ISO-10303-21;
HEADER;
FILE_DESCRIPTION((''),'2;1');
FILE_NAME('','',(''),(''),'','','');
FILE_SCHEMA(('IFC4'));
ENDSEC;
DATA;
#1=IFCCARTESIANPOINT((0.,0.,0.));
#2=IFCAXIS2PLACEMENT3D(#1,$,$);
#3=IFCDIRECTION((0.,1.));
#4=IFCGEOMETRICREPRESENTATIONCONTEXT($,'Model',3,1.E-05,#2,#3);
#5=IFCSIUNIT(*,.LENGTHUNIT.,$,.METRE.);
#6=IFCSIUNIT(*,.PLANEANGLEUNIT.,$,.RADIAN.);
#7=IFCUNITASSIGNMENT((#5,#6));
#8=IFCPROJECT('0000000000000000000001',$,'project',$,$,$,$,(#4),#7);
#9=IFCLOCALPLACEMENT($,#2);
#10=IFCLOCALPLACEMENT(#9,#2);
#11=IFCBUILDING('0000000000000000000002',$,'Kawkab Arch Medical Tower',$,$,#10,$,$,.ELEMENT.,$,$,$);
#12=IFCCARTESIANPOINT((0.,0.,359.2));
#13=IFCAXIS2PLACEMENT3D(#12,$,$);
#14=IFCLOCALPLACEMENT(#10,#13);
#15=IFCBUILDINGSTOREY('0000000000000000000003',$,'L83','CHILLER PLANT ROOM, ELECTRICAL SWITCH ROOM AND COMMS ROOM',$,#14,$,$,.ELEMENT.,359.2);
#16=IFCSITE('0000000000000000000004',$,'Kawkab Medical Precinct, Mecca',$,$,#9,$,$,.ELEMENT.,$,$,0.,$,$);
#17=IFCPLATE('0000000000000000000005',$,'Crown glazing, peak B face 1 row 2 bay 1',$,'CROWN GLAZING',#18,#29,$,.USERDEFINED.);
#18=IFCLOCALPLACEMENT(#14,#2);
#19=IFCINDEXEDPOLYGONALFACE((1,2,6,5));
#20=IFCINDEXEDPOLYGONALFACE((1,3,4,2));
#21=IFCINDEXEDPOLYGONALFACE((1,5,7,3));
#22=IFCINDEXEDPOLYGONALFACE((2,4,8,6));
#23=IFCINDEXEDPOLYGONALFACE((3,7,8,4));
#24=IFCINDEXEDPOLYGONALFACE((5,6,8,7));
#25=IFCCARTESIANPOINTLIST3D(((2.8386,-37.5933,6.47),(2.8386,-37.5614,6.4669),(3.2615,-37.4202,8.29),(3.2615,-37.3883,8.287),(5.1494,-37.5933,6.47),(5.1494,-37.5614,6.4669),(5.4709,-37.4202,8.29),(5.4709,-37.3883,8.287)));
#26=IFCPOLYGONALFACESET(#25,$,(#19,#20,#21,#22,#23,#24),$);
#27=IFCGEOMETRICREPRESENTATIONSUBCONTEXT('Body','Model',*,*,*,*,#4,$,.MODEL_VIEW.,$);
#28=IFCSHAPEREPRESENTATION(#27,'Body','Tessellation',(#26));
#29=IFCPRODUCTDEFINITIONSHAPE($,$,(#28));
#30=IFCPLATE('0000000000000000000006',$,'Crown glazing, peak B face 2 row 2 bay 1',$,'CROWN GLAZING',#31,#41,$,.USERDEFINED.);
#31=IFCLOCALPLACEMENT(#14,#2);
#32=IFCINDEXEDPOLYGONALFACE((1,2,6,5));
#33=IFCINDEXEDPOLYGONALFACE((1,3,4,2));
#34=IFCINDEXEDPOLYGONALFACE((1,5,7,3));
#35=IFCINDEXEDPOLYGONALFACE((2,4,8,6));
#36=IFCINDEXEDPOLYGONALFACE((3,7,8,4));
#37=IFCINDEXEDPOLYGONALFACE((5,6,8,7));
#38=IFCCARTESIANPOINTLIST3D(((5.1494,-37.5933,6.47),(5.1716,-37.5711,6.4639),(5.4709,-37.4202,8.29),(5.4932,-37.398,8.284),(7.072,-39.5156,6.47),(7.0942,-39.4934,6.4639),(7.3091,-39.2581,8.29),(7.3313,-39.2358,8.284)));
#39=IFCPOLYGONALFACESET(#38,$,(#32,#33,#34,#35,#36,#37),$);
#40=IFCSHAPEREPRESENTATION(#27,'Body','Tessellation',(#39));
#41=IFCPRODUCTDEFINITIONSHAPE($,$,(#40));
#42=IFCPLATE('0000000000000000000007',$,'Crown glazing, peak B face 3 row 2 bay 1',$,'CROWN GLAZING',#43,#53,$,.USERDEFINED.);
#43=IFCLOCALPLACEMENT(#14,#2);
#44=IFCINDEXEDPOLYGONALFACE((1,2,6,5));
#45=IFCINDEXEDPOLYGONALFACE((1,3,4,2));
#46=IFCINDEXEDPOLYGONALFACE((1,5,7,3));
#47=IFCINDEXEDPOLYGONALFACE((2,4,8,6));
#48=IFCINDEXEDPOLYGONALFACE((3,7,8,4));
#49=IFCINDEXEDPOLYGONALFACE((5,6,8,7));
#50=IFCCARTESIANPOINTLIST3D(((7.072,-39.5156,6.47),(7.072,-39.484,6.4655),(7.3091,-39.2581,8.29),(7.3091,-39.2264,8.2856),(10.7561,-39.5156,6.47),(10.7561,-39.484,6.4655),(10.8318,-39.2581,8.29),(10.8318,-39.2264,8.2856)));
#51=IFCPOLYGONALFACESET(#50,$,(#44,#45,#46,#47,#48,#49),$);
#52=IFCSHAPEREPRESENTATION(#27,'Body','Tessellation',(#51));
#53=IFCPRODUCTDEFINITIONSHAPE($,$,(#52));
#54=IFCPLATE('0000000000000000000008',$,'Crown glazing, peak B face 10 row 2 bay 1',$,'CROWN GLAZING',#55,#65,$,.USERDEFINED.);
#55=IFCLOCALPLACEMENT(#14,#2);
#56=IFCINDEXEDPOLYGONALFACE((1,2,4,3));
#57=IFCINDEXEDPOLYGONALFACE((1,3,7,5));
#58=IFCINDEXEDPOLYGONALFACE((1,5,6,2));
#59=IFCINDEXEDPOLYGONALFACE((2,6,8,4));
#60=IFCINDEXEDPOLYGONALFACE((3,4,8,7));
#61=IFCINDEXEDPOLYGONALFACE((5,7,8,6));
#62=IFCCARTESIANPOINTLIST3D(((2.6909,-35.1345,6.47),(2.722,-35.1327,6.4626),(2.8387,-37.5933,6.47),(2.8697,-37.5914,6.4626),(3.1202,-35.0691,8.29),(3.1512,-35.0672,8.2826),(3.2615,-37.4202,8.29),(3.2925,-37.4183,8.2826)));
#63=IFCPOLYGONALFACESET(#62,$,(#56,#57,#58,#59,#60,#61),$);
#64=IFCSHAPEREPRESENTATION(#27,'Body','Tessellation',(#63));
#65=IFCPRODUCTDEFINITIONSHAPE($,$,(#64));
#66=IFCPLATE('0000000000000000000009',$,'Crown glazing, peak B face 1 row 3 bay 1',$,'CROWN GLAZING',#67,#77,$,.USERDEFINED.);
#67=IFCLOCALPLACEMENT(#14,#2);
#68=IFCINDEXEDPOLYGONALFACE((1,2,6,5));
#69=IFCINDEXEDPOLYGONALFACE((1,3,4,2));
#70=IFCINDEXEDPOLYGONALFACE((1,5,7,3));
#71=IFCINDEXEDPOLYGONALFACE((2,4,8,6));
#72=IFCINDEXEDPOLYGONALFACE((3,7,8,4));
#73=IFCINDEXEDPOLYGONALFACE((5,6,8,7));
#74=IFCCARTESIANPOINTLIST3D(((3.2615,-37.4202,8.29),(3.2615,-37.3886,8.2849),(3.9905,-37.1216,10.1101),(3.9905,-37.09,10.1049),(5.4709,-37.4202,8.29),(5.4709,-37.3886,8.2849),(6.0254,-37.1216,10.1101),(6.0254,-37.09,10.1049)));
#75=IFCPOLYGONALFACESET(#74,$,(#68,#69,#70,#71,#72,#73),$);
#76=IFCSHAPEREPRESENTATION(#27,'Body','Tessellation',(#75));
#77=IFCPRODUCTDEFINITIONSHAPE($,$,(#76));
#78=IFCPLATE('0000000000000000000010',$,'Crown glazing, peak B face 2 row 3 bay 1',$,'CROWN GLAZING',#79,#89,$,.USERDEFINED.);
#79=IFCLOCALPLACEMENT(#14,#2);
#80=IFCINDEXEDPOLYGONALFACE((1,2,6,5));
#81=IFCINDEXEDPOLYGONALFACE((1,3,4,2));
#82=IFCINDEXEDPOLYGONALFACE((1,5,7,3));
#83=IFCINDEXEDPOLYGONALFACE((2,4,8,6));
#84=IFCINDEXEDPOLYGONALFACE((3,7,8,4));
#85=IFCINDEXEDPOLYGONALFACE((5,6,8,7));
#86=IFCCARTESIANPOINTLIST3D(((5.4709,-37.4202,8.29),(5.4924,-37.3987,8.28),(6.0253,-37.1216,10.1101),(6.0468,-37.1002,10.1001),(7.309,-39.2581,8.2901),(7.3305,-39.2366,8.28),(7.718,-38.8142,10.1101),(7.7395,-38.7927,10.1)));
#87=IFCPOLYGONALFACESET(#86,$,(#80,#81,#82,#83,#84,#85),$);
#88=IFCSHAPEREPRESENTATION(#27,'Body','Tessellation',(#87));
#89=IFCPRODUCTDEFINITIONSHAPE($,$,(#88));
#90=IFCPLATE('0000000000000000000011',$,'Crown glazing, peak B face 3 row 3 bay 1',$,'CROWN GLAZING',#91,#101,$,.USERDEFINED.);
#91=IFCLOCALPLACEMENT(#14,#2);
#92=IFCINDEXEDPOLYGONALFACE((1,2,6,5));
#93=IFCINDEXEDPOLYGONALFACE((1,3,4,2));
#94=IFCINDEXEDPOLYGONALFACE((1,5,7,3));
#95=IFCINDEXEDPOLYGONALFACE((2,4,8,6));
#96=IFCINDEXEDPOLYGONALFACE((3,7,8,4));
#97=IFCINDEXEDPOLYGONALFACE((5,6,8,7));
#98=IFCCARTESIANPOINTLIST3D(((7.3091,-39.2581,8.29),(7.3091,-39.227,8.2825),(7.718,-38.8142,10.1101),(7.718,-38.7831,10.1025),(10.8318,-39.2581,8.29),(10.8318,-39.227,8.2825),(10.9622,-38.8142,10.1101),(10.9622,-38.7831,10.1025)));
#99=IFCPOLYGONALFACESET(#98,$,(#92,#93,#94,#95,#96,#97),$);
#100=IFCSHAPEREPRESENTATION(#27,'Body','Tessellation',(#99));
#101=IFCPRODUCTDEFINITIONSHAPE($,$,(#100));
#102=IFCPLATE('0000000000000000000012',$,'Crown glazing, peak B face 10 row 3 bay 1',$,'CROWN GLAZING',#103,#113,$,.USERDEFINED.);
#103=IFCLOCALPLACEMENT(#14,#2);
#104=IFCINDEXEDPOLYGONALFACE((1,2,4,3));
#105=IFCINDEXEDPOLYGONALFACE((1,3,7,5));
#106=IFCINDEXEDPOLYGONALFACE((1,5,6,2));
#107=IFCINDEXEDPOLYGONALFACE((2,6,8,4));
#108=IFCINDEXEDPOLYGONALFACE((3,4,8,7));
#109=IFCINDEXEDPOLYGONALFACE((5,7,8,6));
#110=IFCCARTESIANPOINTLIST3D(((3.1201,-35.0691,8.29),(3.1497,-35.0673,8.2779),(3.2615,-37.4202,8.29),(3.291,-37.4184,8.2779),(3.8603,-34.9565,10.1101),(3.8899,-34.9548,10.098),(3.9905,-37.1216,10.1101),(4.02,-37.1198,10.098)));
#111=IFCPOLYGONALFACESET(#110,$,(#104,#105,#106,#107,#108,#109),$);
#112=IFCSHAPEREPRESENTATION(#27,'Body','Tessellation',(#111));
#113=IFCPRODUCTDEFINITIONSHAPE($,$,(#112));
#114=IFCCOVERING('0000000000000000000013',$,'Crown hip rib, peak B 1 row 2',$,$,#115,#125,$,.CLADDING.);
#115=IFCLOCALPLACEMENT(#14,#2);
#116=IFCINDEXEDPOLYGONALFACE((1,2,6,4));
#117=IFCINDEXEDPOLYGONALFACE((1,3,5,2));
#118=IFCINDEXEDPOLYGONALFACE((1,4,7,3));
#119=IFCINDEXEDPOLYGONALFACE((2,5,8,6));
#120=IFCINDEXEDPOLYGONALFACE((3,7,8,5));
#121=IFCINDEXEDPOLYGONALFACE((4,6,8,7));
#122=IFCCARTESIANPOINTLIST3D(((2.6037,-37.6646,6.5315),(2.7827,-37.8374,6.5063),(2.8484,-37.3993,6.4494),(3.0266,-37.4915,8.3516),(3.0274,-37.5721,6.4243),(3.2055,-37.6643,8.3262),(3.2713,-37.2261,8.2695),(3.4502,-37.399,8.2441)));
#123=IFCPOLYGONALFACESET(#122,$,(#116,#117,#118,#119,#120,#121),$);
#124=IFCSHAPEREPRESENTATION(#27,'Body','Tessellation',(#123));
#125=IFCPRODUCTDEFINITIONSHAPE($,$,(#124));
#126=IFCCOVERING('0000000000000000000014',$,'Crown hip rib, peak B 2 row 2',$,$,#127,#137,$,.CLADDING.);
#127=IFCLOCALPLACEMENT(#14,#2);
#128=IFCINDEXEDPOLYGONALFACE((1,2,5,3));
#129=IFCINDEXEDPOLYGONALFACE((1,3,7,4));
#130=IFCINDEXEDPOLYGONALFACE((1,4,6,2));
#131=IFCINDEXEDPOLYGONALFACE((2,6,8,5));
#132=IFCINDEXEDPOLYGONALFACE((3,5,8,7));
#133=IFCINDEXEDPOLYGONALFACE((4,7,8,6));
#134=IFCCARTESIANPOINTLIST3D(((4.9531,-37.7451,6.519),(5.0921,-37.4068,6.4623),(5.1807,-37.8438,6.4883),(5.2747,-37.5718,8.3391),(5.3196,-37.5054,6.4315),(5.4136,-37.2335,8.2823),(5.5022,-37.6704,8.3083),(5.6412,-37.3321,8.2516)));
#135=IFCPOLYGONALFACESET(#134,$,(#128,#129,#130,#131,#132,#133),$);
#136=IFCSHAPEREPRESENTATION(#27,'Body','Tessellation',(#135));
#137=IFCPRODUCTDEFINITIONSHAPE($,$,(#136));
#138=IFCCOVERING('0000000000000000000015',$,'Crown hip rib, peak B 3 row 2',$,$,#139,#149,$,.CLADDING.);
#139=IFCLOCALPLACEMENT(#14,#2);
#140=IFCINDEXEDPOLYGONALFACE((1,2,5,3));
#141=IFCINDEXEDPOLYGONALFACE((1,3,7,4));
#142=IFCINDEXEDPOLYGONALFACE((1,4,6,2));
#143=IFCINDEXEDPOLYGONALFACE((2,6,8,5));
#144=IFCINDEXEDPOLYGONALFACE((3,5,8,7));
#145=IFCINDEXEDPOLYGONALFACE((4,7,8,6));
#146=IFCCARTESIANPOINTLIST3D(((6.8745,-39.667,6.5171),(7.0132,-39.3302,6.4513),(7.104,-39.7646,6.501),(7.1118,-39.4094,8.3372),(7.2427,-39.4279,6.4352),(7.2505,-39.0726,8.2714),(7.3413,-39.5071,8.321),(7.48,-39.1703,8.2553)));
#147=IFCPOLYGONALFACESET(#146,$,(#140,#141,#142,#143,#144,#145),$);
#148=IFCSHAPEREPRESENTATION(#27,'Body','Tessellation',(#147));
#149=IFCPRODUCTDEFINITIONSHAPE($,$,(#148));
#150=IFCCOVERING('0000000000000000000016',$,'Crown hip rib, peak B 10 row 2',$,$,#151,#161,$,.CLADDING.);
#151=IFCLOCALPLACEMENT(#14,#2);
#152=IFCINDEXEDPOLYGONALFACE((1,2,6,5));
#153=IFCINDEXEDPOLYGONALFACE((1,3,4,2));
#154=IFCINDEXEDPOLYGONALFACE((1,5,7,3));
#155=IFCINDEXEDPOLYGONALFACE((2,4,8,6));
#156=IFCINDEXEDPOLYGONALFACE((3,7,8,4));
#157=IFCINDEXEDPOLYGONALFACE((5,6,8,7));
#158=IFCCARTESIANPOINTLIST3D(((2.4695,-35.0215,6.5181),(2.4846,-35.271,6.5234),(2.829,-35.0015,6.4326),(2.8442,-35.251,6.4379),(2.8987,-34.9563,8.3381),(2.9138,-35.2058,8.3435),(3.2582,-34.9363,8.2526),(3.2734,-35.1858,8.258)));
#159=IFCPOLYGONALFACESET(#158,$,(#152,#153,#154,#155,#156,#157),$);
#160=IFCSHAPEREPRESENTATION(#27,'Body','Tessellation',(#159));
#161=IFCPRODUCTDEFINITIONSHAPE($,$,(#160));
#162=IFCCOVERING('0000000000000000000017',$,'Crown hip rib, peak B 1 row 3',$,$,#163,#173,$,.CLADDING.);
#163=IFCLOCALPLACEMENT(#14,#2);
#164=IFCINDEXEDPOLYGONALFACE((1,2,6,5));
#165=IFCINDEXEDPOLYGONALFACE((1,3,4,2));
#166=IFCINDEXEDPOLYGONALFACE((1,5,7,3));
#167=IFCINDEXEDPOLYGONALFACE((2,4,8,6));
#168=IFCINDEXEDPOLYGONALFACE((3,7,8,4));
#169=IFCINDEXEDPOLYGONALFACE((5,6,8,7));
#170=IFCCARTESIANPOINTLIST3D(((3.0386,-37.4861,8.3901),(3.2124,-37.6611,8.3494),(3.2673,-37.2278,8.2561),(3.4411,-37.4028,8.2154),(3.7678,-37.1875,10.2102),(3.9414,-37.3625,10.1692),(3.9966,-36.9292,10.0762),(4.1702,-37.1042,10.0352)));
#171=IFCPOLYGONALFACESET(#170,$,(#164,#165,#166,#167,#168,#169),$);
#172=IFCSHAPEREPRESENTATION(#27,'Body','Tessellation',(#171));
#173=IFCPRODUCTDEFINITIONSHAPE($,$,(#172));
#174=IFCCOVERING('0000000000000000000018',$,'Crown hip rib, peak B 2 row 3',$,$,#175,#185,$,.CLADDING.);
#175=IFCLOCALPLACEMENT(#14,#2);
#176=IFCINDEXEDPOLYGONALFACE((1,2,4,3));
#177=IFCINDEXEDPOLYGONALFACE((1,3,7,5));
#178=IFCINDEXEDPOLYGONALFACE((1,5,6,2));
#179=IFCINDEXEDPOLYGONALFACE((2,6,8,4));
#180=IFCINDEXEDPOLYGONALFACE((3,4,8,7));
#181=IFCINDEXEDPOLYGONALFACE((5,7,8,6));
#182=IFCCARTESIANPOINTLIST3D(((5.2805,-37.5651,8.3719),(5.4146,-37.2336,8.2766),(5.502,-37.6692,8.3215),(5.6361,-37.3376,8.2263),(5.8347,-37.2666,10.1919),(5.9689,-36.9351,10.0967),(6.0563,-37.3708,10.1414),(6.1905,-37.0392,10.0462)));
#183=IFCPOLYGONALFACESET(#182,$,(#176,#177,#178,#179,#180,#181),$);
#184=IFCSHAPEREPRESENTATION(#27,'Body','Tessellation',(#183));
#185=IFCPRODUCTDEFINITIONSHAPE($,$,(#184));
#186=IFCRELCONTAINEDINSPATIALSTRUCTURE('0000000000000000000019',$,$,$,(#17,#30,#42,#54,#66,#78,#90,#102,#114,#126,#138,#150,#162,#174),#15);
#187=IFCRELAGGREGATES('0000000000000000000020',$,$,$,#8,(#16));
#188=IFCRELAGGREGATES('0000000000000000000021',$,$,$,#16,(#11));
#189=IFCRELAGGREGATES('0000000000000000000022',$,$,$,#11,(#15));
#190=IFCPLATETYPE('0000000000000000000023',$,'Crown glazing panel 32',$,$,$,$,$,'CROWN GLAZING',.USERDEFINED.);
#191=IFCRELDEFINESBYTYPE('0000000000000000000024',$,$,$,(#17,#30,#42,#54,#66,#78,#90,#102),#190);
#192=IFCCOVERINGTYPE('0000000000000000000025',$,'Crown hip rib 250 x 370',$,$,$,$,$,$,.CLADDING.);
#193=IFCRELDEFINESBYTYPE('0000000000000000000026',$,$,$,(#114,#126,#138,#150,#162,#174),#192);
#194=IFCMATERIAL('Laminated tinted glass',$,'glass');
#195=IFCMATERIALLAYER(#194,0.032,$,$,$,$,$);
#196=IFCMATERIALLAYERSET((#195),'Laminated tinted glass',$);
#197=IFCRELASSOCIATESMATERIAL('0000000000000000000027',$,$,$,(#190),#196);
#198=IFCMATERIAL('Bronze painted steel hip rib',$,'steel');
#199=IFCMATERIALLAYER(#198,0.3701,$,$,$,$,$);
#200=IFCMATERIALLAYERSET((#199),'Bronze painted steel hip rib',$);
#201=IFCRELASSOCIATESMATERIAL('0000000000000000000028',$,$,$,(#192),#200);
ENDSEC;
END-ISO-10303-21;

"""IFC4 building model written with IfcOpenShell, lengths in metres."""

from ifc_helpers import new_model, si_unit, direction, frame, origin, place, context, subcontext, project, spatial, polyline, outline, extrude, material, layer, layer_set, type_object, element, save


model = new_model("IFC4")

# Units and contexts
model_context = context("Model", 3, precision=1e-05, world=origin(), true_north=direction((0.0, 1.0)))
body_context = subcontext(model_context, "Body", "Model", "MODEL_VIEW")
ifc_project = project(units=[si_unit("LENGTHUNIT", "METRE"), si_unit("PLANEANGLEUNIT", "RADIAN")], contexts=[model_context])

# Site, building, storey
site_placement = place(None, origin())
site = spatial("IfcSite", under=ifc_project, at=site_placement, Name="Kawkab Medical Precinct, Mecca", CompositionType="ELEMENT", RefElevation=0.0)
building_placement = place(site_placement, origin())
building = spatial("IfcBuilding", under=site, at=building_placement, Name="Kawkab Arch Medical Tower", CompositionType="ELEMENT")
storey_placement = place(building_placement, frame((0.0, 0.0, 359.2)))
storey = spatial("IfcBuildingStorey", under=building, at=storey_placement, Name="L83", Description="CHILLER PLANT ROOM, ELECTRICAL SWITCH ROOM AND COMMS ROOM", CompositionType="ELEMENT", Elevation=359.2)

# Plates
ifc_material_1 = material(Name="Laminated tinted glass", Category="glass")
ifc_layer_1 = layer(ifc_material_1, 0.032)
ifc_layer_set_1 = layer_set([ifc_layer_1], Name="Laminated tinted glass")
plate_type = type_object("IfcPlateType", Name="Crown glazing panel 32", ElementType="CROWN GLAZING", PredefinedType="USERDEFINED", material=ifc_layer_set_1)
plate_1_placement = place(storey_placement, frame((2.8386, -37.5933, 6.47), z_axis=(0.0, -0.995508, 0.094677), x_axis=(1.0, 0.0, 0.0)))
element("IfcPlate", 1, at=plate_1_placement, inside=storey, type_object=plate_type, Name="Crown glazing, peak B face 1 row 2 bay 1", ObjectType="CROWN GLAZING", PredefinedType="USERDEFINED", context=body_context, shape_type="SweptSolid", body=[
    extrude(outline(polyline([(0.0, 0.0), (2.3108, 0.0), (2.6323, 1.8283), (0.4229, 1.8283), (0.0, 0.0)])), origin(), (0.0, 0.0, -1.0), 0.032),
])
plate_2_placement = place(storey_placement, frame((5.1494, -37.5933, 6.47), z_axis=(-0.694357, -0.694447, 0.188712), x_axis=(0.707153, -0.707061, 0.0)))
element("IfcPlate", 2, at=plate_2_placement, inside=storey, type_object=plate_type, Name="Crown glazing, peak B face 2 row 2 bay 1", ObjectType="CROWN GLAZING", PredefinedType="USERDEFINED", context=body_context, shape_type="SweptSolid", body=[
    extrude(outline(polyline([(0.0, 0.0), (2.7188, 0.0), (2.7043, 1.8534), (0.105, 1.8534), (0.0, 0.0)])), origin(), (0.0, 0.0, -1.0), 0.032),
])
plate_3_placement = place(storey_placement, frame((7.072, -39.5156, 6.47), z_axis=(0.0, -0.990135, 0.14012), x_axis=(1.0, 0.0, 0.0)))
element("IfcPlate", 3, at=plate_3_placement, inside=storey, type_object=plate_type, Name="Crown glazing, peak B face 3 row 2 bay 1", ObjectType="CROWN GLAZING", PredefinedType="USERDEFINED", context=body_context, shape_type="SweptSolid", body=[
    extrude(outline(polyline([(0.0, 0.0), (3.6841, 0.0), (3.7598, 1.8382), (0.2371, 1.8382), (0.0, 0.0)])), origin(), (0.0, 0.0, -1.0), 0.032),
])
plate_4_placement = place(storey_placement, frame((2.6909, -35.1345, 6.47), z_axis=(-0.971167, -0.058366, 0.231147), x_axis=(0.059989, -0.998199, -0.000006)))
element("IfcPlate", 4, at=plate_4_placement, inside=storey, type_object=plate_type, Name="Crown glazing, peak B face 10 row 2 bay 1", ObjectType="CROWN GLAZING", PredefinedType="USERDEFINED", context=body_context, shape_type="SweptSolid", body=[
    extrude(outline(polyline([(0.0, 0.0), (2.4632, 0.0), (2.3157, 1.8707), (-0.0396, 1.8707), (0.0, 0.0)])), origin(), (0.0, 0.0, -1.0), 0.032),
])
plate_5_placement = place(storey_placement, frame((3.2615, -37.4202, 8.29), z_axis=(0.0, -0.986809, 0.161887), x_axis=(1.0, 0.0, 0.0)))
element("IfcPlate", 5, at=plate_5_placement, inside=storey, type_object=plate_type, Name="Crown glazing, peak B face 1 row 3 bay 1", ObjectType="CROWN GLAZING", PredefinedType="USERDEFINED", context=body_context, shape_type="SweptSolid", body=[
    extrude(outline(polyline([(0.0, 0.0), (2.2095, 0.0), (2.7639, 1.8444), (0.729, 1.8444), (0.0, 0.0)])), origin(), (0.0, 0.0, -1.0), 0.032),
])
plate_6_placement = place(storey_placement, frame((5.4709, -37.4202, 8.29), z_axis=(-0.671194, -0.671241, 0.314539), x_axis=(0.707133, -0.70708, 0.00001)))
element("IfcPlate", 6, at=plate_6_placement, inside=storey, type_object=plate_type, Name="Crown glazing, peak B face 2 row 3 bay 1", ObjectType="CROWN GLAZING", PredefinedType="USERDEFINED", context=body_context, shape_type="SweptSolid", body=[
    extrude(outline(polyline([(0.0, 0.0), (2.5993, 0.0), (2.5747, 1.9174), (0.181, 1.9174), (0.0, 0.0)])), origin(), (0.0, 0.0, -1.0), 0.032),
])
plate_7_placement = place(storey_placement, frame((7.3091, -39.2581, 8.29), z_axis=(0.0, -0.971529, 0.23692), x_axis=(1.0, 0.0, 0.0)))
element("IfcPlate", 7, at=plate_7_placement, inside=storey, type_object=plate_type, Name="Crown glazing, peak B face 3 row 3 bay 1", ObjectType="CROWN GLAZING", PredefinedType="USERDEFINED", context=body_context, shape_type="SweptSolid", body=[
    extrude(outline(polyline([(0.0, 0.0), (3.5227, 0.0), (3.6531, 1.8734), (0.4089, 1.8734), (0.0, 0.0)])), origin(), (0.0, 0.0, -1.0), 0.032),
])
plate_8_placement = place(storey_placement, frame((3.1201, -35.0691, 8.29), z_axis=(-0.923691, -0.055527, 0.379093), x_axis=(0.060008, -0.998198, 0.000003)))
element("IfcPlate", 8, at=plate_8_placement, inside=storey, type_object=plate_type, Name="Crown glazing, peak B face 10 row 3 bay 1", ObjectType="CROWN GLAZING", PredefinedType="USERDEFINED", context=body_context, shape_type="SweptSolid", body=[
    extrude(outline(polyline([(0.0, 0.0), (2.3553, 0.0), (2.101, 1.9669), (-0.0679, 1.9669), (0.0, 0.0)])), origin(), (0.0, 0.0, -1.0), 0.032),
])

# Coverings
ifc_material_2 = material(Name="Bronze painted steel hip rib", Category="steel")
ifc_layer_2 = layer(ifc_material_2, 0.3701)
ifc_layer_set_2 = layer_set([ifc_layer_2], Name="Bronze painted steel hip rib")
covering_type_1 = type_object("IfcCoveringType", Name="Crown hip rib 250 x 370", PredefinedType="CLADDING", material=ifc_layer_set_2)
covering_1_placement = place(storey_placement, frame((2.7827, -37.8374, 6.5063), z_axis=(-0.661055, -0.716816, 0.221768), x_axis=(0.225354, 0.092243, 0.9699)))
element("IfcCovering", 9, at=covering_1_placement, inside=storey, type_object=covering_type_1, Name="Crown hip rib, peak B 1 row 2", PredefinedType="CLADDING", context=body_context, shape_type="SweptSolid", body=[
    extrude(outline(polyline([(0.0, 0.0), (1.8763, 0.0), (1.8765, 0.2501), (0.0, 0.2501), (0.0, 0.0)])), origin(), (0.0, 0.0, -1.0), 0.3701),
])
covering_2_placement = place(storey_placement, frame((5.1807, -37.8438, 6.4883), z_axis=(-0.375482, -0.914049, 0.153385), x_axis=(0.173206, 0.093376, 0.980449)))
element("IfcCovering", 10, at=covering_2_placement, inside=storey, type_object=covering_type_1, Name="Crown hip rib, peak B 2 row 2", PredefinedType="CLADDING", context=body_context, shape_type="SweptSolid", body=[
    extrude(outline(polyline([(0.0, 0.0), (1.8564, 0.0), (1.8563, 0.2499), (0.0, 0.2499), (0.0, 0.0)])), origin(), (0.0, 0.0, -1.0), 0.3701),
])
covering_3_placement = place(storey_placement, frame((7.104, -39.7646, 6.501), z_axis=(-0.374742, -0.909953, 0.177632), x_axis=(0.128034, 0.138966, 0.981986)))
element("IfcCovering", 11, at=covering_3_placement, inside=storey, type_object=covering_type_1, Name="Crown hip rib, peak B 3 row 2", PredefinedType="CLADDING", context=body_context, shape_type="SweptSolid", body=[
    extrude(outline(polyline([(0.0, 0.0), (1.8535, 0.0), (1.8535, 0.2499), (0.0, 0.2499), (0.0, 0.0)])), origin(), (0.0, 0.0, -1.0), 0.3701),
])
covering_4_placement = place(storey_placement, frame((2.4846, -35.271, 6.5234), z_axis=(-0.971453, -0.053961, 0.231016), x_axis=(0.22938, 0.034838, 0.972713)))
element("IfcCovering", 12, at=covering_4_placement, inside=storey, type_object=covering_type_1, Name="Crown hip rib, peak B 10 row 2", PredefinedType="CLADDING", context=body_context, shape_type="SweptSolid", body=[
    extrude(outline(polyline([(0.0, 0.0), (1.8711, 0.0), (1.8711, 0.25), (0.0, 0.25), (0.0, 0.0)])), origin(), (0.0, 0.0, -1.0), 0.3701),
])
covering_5_placement = place(storey_placement, frame((3.2124, -37.6611, 8.3494), z_axis=(-0.617996, -0.697841, 0.362077), x_axis=(0.367633, 0.150582, 0.917699)))
element("IfcCovering", 13, at=covering_5_placement, inside=storey, type_object=covering_type_1, Name="Crown hip rib, peak B 1 row 3", PredefinedType="CLADDING", context=body_context, shape_type="SweptSolid", body=[
    extrude(outline(polyline([(0.0, 0.0), (1.983, 0.0), (1.9832, 0.2499), (-0.0001, 0.25), (0.0, 0.0)])), origin(), (0.0, 0.0, -1.0), 0.3701),
])
covering_6_placement = place(storey_placement, frame((5.502, -37.6692, 8.3215), z_axis=(-0.362446, -0.895785, 0.257298), x_axis=(0.287883, 0.154966, 0.945044)))
element("IfcCovering", 14, at=covering_6_placement, inside=storey, type_object=covering_type_1, Name="Crown hip rib, peak B 2 row 3", PredefinedType="CLADDING", context=body_context, shape_type="SweptSolid", body=[
    extrude(outline(polyline([(0.0, 0.0), (1.9257, 0.0), (1.9258, 0.25), (-0.0001, 0.2499), (0.0, 0.0)])), origin(), (0.0, 0.0, -1.0), 0.3701),
])

save(model, "model.ifc")
